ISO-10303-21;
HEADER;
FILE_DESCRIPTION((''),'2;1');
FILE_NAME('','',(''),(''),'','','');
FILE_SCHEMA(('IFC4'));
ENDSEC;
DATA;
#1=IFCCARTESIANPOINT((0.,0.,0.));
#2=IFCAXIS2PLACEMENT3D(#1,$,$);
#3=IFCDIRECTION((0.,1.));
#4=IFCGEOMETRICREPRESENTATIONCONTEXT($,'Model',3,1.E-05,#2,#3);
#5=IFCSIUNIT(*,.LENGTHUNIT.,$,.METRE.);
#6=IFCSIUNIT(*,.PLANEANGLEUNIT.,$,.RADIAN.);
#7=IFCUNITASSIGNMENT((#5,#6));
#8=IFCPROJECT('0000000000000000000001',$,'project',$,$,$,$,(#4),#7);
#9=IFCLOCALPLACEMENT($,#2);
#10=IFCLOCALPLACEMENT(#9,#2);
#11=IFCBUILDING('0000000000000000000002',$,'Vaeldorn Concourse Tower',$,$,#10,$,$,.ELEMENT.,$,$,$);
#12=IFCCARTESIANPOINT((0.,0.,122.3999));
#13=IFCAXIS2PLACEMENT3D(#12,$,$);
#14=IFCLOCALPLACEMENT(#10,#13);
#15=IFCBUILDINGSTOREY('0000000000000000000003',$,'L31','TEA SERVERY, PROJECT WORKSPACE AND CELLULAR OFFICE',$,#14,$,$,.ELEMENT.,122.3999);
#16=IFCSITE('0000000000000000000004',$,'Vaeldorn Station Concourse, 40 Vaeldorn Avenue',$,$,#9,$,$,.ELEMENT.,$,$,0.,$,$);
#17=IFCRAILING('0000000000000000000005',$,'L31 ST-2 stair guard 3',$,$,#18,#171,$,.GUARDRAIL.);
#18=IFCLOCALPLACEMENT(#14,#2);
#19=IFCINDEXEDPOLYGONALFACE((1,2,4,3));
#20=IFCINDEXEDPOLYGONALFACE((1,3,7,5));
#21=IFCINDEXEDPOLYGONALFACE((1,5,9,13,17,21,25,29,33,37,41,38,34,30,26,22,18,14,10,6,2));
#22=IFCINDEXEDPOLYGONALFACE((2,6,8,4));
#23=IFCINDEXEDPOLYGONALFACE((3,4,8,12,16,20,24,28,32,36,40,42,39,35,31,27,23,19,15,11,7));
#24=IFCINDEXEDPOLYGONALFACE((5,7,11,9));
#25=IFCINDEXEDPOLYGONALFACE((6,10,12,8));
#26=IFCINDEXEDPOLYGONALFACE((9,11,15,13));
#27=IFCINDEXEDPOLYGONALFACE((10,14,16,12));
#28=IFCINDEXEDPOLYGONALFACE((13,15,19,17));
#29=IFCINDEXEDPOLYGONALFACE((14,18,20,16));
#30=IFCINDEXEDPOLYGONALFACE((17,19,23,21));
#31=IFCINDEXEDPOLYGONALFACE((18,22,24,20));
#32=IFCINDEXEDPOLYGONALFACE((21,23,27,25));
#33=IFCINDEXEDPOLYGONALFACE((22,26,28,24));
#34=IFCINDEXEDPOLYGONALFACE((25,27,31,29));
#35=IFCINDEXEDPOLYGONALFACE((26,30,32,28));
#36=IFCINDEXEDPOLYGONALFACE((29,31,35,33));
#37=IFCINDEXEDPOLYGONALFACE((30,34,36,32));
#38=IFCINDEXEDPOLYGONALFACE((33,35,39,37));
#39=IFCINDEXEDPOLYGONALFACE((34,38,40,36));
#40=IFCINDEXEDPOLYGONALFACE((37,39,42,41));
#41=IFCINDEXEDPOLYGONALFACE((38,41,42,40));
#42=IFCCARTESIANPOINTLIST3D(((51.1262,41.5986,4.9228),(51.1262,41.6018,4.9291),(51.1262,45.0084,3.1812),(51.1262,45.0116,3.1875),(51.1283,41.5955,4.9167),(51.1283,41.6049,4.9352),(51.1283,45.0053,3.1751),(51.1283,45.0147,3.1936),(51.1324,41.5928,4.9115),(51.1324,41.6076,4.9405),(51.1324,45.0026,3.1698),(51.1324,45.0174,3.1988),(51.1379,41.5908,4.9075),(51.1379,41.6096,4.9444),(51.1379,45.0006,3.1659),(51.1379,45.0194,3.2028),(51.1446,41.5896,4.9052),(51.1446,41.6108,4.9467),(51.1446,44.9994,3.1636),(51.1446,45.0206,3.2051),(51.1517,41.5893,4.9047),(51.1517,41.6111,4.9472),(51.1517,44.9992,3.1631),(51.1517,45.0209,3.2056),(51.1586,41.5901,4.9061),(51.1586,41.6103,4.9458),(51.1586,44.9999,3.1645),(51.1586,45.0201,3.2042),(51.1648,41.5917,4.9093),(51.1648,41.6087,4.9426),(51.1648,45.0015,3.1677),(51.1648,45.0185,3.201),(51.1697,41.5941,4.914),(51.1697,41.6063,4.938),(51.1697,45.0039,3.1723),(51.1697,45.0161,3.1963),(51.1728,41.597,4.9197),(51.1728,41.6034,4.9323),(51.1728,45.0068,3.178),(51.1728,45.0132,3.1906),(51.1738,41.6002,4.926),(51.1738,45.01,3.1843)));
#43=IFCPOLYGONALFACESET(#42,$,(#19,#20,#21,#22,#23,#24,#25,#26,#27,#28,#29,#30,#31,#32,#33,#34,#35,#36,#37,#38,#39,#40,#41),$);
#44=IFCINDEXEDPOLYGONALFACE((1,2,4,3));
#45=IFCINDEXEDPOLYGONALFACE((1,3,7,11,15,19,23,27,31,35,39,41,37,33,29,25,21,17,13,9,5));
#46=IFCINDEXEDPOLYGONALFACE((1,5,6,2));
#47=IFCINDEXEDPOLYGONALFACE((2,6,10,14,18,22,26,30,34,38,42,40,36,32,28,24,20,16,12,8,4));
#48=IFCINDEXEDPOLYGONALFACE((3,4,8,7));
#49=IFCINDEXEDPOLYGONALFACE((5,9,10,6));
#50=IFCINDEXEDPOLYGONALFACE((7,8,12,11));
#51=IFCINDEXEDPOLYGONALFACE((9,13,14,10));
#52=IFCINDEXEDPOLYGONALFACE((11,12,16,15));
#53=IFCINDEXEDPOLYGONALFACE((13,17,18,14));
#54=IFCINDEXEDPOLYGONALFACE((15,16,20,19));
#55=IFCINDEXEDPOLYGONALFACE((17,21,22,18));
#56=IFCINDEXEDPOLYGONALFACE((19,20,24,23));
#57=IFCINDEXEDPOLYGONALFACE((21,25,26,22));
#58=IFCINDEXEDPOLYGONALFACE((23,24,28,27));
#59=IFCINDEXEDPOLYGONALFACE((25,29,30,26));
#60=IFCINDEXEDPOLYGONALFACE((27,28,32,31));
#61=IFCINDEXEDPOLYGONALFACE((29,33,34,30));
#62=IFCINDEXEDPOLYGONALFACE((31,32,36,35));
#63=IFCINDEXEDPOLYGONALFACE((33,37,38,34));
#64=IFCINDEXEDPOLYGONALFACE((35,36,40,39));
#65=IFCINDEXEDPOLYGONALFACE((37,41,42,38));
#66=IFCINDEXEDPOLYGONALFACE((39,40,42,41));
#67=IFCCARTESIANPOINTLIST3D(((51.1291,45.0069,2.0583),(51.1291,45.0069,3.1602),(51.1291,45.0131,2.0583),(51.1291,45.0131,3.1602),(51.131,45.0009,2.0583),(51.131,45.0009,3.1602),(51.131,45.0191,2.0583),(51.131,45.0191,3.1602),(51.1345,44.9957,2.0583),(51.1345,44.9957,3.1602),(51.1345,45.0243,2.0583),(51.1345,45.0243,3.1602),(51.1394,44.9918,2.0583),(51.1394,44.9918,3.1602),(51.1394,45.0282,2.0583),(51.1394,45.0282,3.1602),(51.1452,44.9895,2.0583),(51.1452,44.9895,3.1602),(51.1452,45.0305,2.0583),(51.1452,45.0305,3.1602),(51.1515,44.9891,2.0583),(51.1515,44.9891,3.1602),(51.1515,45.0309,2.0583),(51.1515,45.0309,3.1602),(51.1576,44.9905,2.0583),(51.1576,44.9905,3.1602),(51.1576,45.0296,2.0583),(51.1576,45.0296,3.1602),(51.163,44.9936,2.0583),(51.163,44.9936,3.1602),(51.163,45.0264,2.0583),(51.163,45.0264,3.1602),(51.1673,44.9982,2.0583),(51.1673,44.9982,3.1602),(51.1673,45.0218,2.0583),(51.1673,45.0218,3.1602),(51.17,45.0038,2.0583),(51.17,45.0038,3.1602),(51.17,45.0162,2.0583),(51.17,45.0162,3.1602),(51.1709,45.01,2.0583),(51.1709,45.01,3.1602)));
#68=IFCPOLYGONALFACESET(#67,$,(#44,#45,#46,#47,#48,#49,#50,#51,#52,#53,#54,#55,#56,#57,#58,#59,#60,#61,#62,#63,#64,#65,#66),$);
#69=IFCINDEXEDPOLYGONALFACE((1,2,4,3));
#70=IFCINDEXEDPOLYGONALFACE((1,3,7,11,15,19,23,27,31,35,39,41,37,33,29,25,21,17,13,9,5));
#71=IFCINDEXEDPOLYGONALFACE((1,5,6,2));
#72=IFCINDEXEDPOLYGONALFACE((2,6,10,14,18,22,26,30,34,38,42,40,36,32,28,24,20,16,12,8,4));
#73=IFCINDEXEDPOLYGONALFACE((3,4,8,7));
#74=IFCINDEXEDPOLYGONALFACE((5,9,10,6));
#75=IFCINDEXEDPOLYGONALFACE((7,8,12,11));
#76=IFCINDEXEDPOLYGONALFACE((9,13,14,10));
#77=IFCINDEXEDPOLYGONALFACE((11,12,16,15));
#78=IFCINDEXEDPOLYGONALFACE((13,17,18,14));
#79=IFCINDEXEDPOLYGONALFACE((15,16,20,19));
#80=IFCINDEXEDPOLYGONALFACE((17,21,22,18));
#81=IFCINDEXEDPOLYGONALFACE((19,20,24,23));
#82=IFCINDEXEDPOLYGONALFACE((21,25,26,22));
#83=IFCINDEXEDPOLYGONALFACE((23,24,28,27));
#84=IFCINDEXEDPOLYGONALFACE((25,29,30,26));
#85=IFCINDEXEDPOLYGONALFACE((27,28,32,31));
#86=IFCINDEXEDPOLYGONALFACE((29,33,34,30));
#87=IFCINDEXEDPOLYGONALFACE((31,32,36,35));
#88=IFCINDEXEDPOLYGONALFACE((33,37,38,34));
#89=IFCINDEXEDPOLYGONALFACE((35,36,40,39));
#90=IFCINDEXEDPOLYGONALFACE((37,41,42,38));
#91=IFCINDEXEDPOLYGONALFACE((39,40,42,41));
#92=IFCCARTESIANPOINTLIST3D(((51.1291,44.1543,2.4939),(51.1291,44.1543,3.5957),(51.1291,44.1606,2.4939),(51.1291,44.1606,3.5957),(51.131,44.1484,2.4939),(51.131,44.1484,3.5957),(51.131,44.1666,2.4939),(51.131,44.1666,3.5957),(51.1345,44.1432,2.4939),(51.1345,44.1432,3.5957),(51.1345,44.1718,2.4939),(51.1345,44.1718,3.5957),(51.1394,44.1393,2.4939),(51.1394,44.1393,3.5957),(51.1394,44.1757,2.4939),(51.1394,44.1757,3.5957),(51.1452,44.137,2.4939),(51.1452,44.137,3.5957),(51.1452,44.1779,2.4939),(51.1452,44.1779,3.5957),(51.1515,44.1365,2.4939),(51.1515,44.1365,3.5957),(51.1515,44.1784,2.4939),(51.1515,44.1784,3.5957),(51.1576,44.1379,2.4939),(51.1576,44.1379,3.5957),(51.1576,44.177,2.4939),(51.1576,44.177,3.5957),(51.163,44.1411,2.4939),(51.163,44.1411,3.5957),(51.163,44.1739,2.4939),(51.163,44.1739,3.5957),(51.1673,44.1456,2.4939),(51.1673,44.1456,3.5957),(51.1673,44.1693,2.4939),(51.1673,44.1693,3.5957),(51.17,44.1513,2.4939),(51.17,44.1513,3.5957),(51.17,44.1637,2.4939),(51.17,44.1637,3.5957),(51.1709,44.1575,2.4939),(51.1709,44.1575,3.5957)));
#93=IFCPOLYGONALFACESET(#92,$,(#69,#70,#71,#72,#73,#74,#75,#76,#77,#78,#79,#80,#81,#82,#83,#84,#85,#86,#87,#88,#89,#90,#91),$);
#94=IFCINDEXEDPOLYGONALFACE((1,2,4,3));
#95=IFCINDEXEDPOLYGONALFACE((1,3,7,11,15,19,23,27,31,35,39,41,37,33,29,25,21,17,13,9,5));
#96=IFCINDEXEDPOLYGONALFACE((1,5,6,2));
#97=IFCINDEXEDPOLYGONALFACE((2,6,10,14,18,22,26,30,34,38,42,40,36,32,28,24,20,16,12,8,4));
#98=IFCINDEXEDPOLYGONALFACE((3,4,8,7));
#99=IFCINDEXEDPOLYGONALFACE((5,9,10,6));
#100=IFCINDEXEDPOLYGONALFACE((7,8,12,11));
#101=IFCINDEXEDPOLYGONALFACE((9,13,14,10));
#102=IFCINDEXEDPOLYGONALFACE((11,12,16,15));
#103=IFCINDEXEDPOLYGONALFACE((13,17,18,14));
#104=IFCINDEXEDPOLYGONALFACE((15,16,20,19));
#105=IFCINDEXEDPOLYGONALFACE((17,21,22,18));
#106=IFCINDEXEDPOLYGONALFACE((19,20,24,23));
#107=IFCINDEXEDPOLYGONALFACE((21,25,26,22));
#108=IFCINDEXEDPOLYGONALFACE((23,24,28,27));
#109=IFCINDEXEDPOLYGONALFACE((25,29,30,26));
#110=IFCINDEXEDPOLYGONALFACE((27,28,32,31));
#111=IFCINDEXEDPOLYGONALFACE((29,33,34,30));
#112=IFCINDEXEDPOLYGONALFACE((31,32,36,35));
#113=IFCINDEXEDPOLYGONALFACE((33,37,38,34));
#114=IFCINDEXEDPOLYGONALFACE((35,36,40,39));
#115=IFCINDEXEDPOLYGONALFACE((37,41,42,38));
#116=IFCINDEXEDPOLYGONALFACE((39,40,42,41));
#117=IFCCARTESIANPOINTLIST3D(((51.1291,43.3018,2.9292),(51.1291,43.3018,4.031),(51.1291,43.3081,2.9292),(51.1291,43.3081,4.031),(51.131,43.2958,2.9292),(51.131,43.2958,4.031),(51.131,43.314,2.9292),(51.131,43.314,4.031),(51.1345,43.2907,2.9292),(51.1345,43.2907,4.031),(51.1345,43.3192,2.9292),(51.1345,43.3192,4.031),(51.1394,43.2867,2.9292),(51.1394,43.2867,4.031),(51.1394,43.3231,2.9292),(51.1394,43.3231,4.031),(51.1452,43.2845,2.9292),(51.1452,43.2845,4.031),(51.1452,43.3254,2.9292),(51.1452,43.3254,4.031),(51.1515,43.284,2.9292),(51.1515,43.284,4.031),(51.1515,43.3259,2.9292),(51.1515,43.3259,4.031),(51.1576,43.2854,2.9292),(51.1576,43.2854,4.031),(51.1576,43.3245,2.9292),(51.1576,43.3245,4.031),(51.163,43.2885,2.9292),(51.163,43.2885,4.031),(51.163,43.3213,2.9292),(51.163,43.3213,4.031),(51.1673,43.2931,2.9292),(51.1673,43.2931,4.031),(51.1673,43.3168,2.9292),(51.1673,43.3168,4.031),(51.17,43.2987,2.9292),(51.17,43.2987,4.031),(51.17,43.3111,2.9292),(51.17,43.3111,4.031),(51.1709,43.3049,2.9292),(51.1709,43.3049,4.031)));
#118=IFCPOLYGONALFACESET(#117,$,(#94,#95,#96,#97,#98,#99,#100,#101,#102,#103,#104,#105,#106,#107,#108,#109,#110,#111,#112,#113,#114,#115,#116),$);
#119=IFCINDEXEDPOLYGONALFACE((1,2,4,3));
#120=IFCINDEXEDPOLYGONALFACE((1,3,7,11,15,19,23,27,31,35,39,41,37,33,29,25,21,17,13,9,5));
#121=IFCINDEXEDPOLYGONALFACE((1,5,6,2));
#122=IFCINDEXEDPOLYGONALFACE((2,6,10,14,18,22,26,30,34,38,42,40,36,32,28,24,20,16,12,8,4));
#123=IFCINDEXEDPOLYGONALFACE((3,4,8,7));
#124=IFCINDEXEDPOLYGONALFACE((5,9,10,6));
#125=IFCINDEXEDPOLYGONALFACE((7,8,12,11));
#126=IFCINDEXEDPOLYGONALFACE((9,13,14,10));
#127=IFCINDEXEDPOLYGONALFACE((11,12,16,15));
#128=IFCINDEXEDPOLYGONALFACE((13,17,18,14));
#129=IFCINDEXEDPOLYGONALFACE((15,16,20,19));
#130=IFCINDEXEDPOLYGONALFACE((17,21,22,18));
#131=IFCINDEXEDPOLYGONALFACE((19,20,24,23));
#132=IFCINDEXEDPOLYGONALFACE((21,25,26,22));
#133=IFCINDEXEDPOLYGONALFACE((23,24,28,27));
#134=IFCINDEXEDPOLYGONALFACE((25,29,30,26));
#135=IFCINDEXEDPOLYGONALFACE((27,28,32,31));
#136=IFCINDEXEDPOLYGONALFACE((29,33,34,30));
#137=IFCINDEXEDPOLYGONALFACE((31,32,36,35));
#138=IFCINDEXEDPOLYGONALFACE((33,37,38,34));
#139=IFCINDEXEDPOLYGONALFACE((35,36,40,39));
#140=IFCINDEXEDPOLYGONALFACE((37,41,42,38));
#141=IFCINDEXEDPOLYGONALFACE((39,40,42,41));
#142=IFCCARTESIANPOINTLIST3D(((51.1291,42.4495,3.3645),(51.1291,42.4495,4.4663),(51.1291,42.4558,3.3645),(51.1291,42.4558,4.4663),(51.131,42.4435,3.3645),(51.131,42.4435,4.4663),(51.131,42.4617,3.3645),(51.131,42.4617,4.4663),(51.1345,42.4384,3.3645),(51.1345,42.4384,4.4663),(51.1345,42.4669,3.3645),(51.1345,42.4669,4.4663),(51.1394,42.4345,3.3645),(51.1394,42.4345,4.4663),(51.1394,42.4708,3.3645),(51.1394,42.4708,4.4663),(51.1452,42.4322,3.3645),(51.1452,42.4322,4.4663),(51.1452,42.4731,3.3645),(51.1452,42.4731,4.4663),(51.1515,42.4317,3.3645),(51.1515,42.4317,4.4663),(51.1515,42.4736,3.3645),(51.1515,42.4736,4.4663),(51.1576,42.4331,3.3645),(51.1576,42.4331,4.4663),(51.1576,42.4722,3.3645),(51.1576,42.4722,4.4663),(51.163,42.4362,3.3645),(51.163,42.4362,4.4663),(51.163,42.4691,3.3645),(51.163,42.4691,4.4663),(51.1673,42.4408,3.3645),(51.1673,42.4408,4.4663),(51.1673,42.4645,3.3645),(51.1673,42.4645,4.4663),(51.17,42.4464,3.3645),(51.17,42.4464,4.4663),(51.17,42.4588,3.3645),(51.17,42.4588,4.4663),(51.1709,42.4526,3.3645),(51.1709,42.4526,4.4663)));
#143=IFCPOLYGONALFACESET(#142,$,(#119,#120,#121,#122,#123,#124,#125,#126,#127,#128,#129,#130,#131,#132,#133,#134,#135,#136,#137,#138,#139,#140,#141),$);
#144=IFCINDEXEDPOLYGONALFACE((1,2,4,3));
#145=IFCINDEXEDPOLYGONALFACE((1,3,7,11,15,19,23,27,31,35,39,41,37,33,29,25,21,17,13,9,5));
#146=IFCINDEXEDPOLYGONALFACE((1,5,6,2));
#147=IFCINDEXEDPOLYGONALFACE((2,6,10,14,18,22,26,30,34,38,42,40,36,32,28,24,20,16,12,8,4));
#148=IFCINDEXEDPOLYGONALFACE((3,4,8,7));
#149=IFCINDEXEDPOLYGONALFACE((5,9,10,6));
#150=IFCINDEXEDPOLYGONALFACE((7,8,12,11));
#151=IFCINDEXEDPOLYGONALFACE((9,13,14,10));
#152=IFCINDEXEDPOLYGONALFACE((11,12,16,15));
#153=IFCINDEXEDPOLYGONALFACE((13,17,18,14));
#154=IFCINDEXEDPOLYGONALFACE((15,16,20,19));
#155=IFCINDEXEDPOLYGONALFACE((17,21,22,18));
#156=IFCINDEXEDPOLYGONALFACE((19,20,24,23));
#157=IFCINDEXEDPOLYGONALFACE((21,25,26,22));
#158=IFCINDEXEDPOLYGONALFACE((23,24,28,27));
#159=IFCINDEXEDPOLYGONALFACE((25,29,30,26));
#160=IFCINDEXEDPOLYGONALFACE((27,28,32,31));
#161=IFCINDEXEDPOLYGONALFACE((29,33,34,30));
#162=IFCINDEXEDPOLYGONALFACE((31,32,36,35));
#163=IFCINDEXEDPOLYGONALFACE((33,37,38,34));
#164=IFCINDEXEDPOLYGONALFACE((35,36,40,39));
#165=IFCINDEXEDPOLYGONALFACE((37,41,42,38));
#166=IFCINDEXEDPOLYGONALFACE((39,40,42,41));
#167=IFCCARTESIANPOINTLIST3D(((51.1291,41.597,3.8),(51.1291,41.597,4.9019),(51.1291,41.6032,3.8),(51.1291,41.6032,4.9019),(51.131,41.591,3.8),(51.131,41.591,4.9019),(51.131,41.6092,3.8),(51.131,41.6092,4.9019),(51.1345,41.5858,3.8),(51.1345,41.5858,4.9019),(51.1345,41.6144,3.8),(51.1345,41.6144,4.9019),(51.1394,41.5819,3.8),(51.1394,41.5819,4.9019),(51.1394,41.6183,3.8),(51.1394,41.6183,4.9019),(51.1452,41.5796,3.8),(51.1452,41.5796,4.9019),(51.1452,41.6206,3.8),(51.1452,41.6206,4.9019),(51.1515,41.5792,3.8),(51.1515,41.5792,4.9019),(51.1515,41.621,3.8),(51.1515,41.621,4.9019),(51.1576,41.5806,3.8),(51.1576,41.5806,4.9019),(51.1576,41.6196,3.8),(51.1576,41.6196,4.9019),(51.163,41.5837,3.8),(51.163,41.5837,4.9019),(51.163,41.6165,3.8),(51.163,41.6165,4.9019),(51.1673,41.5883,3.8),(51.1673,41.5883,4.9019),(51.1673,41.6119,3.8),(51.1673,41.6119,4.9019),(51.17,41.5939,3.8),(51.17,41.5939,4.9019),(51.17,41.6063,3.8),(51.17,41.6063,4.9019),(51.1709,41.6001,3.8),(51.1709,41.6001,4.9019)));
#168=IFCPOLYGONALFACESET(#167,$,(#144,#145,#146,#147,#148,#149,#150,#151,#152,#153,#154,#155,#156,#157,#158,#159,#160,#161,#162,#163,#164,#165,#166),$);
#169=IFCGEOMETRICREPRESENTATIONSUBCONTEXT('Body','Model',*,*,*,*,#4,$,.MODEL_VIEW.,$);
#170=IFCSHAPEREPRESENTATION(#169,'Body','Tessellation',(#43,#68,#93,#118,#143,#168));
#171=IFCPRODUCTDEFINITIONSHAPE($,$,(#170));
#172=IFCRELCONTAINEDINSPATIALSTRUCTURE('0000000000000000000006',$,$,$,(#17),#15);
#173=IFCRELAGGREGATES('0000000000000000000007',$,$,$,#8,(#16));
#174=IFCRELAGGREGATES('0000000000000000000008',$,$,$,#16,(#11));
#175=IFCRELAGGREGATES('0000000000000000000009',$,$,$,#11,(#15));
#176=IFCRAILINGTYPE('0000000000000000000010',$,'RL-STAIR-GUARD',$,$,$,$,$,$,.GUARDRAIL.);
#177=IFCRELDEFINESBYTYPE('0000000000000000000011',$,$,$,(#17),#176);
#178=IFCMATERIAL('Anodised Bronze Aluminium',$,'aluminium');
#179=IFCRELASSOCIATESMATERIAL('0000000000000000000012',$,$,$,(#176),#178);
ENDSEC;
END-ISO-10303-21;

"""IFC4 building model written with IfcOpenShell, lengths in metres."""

from ifc_helpers import new_model, si_unit, direction, frame, origin, origin_2d, place, context, subcontext, project, spatial, circle, extrude, material, type_object, element, save


model = new_model("IFC4")

# Units and contexts
model_context = context("Model", 3, precision=1e-05, world=origin(), true_north=direction((0.0, 1.0)))
body_context = subcontext(model_context, "Body", "Model", "MODEL_VIEW")
ifc_project = project(units=[si_unit("LENGTHUNIT", "METRE"), si_unit("PLANEANGLEUNIT", "RADIAN")], contexts=[model_context])

# Site, building, storey
site_placement = place(None, origin())
site = spatial("IfcSite", under=ifc_project, at=site_placement, Name="Vaeldorn Station Concourse, 40 Vaeldorn Avenue", CompositionType="ELEMENT", RefElevation=0.0)
building_placement = place(site_placement, origin())
building = spatial("IfcBuilding", under=site, at=building_placement, Name="Vaeldorn Concourse Tower", CompositionType="ELEMENT")
storey_placement = place(building_placement, frame((0.0, 0.0, 122.3999)))
storey = spatial("IfcBuildingStorey", under=building, at=storey_placement, Name="L31", Description="TEA SERVERY, PROJECT WORKSPACE AND CELLULAR OFFICE", CompositionType="ELEMENT", Elevation=122.3999)

# Shared definitions
ifc_material_1 = material(Name="Anodised Bronze Aluminium", Category="aluminium")

# Railing
railing_type_1 = type_object("IfcRailingType", Name="RL-STAIR-GUARD", PredefinedType="GUARDRAIL", material=ifc_material_1)
railing_1_placement = place(storey_placement, frame((51.1499, 45.01, 2.0583)))
element("IfcRailing", 1, at=railing_1_placement, inside=storey, type_object=railing_type_1, Name="L31 ST-2 stair guard 3", PredefinedType="GUARDRAIL", context=body_context, shape_type="SweptSolid", body=[
    extrude(circle(Radius=0.0239, at=origin_2d()), frame((0.0, 0.0, 1.126), z_axis=(0.0, -0.890556, 0.454874), x_axis=(1.0, 0.0, 0.0)), (0.0, 0.0, 1.0), 3.8289),
    extrude(circle(Radius=0.021, at=origin_2d()), origin(), (0.0, 0.0, 1.0), 1.1018),
    extrude(circle(Radius=0.021, at=origin_2d()), frame((0.0, -0.8525, 0.4355)), (0.0, 0.0, 1.0), 1.1018),
    extrude(circle(Radius=0.021, at=origin_2d()), frame((0.0, -1.7051, 0.8708)), (0.0, 0.0, 1.0), 1.1018),
    extrude(circle(Radius=0.021, at=origin_2d()), frame((0.0, -2.5574, 1.3062)), (0.0, 0.0, 1.0), 1.1018),
    extrude(circle(Radius=0.021, at=origin_2d()), frame((0.0, -3.4099, 1.7417)), (0.0, 0.0, 1.0), 1.1018),
])

save(model, "model.ifc")
